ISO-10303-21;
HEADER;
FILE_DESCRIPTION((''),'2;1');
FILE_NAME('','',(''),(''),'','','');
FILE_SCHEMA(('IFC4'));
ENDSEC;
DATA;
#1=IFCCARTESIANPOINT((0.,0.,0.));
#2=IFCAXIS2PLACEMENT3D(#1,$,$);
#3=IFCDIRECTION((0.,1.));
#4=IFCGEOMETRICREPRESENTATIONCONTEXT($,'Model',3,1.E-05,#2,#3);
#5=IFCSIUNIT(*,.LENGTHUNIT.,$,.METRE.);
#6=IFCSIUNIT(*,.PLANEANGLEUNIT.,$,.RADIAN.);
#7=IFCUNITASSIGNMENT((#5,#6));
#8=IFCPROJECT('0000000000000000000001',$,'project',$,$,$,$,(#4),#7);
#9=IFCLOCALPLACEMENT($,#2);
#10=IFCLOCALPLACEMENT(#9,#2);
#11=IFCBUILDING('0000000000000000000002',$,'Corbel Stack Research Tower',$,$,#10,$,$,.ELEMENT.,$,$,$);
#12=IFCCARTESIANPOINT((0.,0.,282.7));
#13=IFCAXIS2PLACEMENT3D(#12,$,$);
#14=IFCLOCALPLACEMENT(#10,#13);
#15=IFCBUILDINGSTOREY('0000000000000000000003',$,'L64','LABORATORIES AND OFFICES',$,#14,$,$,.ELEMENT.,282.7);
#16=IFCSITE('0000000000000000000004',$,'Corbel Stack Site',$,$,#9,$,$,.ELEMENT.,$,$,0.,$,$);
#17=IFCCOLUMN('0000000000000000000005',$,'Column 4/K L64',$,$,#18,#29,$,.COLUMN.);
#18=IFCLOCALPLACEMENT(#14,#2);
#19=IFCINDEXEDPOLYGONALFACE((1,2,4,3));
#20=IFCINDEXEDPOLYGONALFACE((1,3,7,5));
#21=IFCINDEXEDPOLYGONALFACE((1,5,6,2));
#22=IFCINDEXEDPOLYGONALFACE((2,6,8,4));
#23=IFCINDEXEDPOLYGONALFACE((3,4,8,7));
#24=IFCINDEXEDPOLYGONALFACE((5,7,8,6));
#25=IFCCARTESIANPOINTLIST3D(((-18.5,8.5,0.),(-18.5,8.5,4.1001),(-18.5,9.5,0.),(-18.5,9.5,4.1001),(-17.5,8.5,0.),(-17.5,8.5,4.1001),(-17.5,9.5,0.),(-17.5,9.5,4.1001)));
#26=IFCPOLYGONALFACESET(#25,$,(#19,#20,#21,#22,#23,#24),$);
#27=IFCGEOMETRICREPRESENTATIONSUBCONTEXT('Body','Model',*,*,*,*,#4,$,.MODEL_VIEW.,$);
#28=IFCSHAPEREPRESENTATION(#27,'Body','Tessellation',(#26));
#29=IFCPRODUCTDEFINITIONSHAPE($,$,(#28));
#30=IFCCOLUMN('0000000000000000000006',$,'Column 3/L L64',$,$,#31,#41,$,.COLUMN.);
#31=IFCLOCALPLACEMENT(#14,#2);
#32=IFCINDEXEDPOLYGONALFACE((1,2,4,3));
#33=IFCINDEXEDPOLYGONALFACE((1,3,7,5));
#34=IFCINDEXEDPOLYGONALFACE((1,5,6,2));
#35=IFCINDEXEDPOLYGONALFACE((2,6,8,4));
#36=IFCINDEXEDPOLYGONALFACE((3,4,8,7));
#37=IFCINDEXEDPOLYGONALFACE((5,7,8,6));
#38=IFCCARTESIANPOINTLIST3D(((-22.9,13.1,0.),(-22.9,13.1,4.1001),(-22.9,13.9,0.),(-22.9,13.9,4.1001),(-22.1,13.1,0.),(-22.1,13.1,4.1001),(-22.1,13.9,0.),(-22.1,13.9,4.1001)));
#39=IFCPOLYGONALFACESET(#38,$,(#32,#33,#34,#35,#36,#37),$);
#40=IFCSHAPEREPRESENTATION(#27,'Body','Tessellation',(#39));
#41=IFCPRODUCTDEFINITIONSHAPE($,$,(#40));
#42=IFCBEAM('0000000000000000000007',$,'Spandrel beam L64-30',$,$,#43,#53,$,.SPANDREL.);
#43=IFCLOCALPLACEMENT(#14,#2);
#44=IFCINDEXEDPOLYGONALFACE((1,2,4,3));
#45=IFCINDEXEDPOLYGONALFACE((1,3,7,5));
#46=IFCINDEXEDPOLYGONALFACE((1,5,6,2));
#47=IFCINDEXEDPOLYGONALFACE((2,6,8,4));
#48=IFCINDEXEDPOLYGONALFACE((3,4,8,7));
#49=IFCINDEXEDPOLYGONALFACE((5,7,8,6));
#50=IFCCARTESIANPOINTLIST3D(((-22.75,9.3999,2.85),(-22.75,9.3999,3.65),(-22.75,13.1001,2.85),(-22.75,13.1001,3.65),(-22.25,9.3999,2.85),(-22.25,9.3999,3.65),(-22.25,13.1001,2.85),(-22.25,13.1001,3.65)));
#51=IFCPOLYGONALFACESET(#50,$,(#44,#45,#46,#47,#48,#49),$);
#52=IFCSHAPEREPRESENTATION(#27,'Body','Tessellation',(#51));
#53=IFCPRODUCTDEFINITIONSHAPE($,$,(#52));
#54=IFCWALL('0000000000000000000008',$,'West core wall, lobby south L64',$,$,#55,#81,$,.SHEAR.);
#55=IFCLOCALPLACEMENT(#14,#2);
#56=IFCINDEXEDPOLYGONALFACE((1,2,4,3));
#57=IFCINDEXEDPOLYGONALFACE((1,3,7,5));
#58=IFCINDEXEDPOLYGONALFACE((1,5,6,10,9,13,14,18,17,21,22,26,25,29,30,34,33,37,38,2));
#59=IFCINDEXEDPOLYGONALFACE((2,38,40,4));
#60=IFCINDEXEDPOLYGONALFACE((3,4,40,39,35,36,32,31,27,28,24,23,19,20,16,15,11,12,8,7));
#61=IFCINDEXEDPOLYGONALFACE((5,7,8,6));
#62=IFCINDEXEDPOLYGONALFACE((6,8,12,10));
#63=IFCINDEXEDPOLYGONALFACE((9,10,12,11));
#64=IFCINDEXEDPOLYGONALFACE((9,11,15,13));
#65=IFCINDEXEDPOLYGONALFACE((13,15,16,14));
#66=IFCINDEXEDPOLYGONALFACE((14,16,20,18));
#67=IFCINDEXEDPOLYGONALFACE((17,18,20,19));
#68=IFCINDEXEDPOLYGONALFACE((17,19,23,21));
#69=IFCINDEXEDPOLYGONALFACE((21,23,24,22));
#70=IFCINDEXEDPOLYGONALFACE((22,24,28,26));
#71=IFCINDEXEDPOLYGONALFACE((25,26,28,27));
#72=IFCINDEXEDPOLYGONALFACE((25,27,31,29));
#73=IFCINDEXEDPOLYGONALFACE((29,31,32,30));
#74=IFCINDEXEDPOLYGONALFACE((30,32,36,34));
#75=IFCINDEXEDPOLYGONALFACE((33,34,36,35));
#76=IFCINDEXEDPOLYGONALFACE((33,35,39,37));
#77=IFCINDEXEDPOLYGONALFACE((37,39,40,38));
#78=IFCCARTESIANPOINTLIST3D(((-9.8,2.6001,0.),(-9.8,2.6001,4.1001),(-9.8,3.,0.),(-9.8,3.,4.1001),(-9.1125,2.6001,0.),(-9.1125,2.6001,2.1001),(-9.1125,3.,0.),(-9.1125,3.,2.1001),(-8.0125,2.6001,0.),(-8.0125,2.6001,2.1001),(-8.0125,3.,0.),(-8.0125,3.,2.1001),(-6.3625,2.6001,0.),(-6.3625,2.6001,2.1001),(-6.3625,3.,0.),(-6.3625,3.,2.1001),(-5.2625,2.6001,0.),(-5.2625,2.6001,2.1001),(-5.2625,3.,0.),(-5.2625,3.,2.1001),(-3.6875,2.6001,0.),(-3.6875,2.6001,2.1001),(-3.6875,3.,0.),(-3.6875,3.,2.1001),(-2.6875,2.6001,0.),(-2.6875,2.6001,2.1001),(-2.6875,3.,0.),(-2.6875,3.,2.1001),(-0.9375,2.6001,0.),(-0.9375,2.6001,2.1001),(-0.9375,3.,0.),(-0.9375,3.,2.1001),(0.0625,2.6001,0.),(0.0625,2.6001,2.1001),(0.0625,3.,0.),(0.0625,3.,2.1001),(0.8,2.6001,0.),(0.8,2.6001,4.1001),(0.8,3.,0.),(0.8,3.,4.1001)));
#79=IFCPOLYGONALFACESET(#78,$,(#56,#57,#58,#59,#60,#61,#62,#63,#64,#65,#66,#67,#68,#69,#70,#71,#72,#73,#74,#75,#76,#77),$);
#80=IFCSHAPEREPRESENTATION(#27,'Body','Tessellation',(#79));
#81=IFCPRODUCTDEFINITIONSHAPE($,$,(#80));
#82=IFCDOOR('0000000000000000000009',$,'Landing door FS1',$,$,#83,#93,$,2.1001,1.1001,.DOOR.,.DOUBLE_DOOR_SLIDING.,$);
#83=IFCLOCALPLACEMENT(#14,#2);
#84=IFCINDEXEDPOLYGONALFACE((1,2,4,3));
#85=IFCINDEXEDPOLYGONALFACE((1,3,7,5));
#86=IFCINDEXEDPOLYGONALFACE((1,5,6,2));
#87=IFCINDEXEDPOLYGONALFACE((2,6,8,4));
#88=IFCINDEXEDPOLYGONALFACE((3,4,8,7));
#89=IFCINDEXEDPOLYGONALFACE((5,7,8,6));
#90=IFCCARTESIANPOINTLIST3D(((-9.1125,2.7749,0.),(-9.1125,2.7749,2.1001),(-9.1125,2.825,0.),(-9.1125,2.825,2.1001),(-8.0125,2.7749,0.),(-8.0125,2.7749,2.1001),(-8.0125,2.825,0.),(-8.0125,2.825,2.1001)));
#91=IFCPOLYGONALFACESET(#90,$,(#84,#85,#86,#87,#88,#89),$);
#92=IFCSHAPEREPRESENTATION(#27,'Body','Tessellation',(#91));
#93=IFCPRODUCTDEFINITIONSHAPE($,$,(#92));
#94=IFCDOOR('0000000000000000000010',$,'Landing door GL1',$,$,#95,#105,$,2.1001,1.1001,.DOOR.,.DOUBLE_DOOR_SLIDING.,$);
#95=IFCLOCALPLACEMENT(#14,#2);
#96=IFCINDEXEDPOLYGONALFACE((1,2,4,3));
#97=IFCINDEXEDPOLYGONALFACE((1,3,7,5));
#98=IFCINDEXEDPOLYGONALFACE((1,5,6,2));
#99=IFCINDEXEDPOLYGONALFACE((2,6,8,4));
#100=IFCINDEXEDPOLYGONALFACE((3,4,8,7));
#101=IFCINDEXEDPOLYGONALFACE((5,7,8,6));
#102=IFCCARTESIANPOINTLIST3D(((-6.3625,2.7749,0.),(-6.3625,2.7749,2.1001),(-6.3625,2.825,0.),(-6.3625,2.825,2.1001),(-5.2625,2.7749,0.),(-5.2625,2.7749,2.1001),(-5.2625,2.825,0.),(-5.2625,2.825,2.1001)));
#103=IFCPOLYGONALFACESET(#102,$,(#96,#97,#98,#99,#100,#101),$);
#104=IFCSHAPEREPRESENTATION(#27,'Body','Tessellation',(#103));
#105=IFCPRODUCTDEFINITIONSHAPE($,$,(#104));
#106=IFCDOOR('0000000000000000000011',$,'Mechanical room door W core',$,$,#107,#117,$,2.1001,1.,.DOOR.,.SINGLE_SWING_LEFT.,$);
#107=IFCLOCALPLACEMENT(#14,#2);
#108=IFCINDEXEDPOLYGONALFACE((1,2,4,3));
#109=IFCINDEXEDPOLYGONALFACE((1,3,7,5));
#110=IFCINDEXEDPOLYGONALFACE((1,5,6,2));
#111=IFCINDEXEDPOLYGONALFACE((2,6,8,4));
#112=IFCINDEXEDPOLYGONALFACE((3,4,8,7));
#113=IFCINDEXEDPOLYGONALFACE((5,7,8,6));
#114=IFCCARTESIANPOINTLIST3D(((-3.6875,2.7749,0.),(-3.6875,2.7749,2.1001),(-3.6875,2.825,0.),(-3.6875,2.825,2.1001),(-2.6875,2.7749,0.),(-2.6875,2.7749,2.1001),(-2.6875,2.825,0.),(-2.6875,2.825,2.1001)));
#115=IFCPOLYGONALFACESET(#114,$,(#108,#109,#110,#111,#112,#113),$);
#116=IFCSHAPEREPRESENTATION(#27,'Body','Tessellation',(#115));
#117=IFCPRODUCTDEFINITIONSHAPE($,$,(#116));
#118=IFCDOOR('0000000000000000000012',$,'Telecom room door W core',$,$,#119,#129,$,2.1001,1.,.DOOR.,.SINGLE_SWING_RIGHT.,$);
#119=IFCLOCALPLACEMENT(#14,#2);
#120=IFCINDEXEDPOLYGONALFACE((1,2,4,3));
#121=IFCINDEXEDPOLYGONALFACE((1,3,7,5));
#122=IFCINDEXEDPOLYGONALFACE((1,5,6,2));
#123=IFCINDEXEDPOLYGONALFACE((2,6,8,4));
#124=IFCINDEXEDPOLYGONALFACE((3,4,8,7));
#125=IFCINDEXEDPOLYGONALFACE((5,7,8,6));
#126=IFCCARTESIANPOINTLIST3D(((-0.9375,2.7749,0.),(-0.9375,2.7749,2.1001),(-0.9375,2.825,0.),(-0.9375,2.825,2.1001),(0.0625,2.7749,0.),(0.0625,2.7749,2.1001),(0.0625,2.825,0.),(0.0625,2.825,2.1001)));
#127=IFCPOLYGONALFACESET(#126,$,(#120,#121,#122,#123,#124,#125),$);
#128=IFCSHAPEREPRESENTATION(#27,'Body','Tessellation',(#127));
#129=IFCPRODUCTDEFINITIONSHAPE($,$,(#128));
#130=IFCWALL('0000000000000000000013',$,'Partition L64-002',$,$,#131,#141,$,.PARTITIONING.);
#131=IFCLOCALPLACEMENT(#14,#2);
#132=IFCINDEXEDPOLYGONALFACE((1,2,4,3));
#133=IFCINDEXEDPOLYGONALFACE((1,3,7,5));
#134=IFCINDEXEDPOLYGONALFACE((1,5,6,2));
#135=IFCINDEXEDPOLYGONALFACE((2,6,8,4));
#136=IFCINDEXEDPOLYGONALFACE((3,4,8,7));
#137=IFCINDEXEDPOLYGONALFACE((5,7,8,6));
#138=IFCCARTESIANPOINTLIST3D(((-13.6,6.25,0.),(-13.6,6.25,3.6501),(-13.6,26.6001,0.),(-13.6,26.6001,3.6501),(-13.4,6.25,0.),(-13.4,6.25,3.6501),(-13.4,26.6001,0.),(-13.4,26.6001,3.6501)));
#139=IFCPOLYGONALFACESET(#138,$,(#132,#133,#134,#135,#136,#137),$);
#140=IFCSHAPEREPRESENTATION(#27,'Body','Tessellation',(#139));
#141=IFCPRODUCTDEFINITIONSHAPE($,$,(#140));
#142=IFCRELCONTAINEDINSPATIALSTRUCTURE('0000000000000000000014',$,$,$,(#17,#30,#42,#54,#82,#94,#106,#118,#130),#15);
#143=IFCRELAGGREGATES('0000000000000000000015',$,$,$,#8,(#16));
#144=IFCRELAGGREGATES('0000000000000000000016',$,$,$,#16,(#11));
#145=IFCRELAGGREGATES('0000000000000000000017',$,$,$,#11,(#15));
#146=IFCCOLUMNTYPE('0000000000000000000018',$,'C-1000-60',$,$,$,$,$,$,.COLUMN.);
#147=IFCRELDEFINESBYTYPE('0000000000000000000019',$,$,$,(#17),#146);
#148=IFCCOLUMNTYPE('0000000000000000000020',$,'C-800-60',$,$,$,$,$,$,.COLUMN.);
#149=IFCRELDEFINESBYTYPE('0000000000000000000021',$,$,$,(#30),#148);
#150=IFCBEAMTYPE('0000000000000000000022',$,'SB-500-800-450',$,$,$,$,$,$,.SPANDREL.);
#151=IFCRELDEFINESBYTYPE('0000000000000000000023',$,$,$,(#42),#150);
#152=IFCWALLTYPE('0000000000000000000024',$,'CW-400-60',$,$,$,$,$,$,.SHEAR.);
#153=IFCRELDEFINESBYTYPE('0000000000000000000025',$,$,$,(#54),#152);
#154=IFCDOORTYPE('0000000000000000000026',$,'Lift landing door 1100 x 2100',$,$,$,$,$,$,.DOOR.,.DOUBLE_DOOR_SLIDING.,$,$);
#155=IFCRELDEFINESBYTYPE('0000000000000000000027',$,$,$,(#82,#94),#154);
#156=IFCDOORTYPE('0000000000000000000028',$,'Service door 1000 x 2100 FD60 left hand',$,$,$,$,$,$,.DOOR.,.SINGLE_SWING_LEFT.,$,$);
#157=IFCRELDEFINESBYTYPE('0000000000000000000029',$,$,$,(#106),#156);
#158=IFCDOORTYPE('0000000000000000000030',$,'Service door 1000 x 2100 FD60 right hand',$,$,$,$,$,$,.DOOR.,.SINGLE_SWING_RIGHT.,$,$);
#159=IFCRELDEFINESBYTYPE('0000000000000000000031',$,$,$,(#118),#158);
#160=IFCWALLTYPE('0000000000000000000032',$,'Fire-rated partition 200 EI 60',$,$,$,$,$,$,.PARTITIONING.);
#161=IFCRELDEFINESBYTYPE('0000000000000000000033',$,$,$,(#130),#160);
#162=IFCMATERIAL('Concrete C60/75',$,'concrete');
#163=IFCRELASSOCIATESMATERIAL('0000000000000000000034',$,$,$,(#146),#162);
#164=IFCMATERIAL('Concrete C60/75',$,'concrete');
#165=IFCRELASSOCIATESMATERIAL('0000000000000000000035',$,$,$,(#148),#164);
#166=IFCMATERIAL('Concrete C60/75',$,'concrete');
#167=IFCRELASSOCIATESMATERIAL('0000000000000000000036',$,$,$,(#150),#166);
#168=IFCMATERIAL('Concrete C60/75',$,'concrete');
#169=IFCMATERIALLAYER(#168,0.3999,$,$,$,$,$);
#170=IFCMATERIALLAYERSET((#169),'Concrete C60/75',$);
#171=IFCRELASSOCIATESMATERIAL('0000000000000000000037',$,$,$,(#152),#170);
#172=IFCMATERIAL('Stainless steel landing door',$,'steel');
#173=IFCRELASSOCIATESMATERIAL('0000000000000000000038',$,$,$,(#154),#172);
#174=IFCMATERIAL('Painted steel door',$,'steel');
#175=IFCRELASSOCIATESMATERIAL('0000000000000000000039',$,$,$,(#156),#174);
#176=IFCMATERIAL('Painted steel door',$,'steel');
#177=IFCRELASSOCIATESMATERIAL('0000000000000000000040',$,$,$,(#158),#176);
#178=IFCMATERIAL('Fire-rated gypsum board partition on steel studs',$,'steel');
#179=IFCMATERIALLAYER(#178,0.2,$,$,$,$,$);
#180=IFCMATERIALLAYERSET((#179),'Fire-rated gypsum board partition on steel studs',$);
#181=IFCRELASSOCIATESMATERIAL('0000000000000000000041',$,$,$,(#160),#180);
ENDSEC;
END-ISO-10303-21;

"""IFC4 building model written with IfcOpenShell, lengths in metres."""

from ifc_helpers import new_model, si_unit, direction, frame, frame_2d, origin, origin_2d, place, context, subcontext, project, spatial, rectangle, extrude, material, layer, layer_set, material_profile, profile_set, type_object, element, fill, save


model = new_model("IFC4")

# Units and contexts
model_context = context("Model", 3, precision=1e-05, world=origin(), true_north=direction((0.0, 1.0)))
body_context = subcontext(model_context, "Body", "Model", "MODEL_VIEW")
ifc_project = project(units=[si_unit("LENGTHUNIT", "METRE"), si_unit("PLANEANGLEUNIT", "RADIAN")], contexts=[model_context])

# Site, building, storey
site_placement = place(None, origin())
site = spatial("IfcSite", under=ifc_project, at=site_placement, Name="Corbel Stack Site", CompositionType="ELEMENT", RefElevation=0.0)
building_placement = place(site_placement, origin())
building = spatial("IfcBuilding", under=site, at=building_placement, Name="Corbel Stack Research Tower", CompositionType="ELEMENT")
storey_placement = place(building_placement, frame((0.0, 0.0, 282.7)))
storey = spatial("IfcBuildingStorey", under=building, at=storey_placement, Name="L64", Description="LABORATORIES AND OFFICES", CompositionType="ELEMENT", Elevation=282.7)

# Columns
ifc_material_1 = material(Name="Concrete C60/75", Category="concrete")
ifc_material_profile_1 = material_profile(ifc_material_1, rectangle(XDim=1.0, YDim=1.0, at=origin_2d()), Name="RC 1000 x 1000")
ifc_profile_set_1 = profile_set([ifc_material_profile_1], Name="Concrete C60/75")
column_type_1 = type_object("IfcColumnType", Name="C-1000-60", PredefinedType="COLUMN", material=ifc_profile_set_1)
column_1_placement = place(storey_placement, frame((-18.0, 9.0, 0.0), z_axis=(0.0, 0.0, 1.0), x_axis=(1.0, 0.0, 0.0)))
element("IfcColumn", 1, at=column_1_placement, inside=storey, type_object=column_type_1, Name="Column 4/K L64", PredefinedType="COLUMN", context=body_context, shape_type="SweptSolid", body=[
    extrude(rectangle(XDim=1.0, YDim=1.0, at=origin_2d()), origin(), (0.0, 0.0, 1.0), 4.1001),
])
ifc_material_2 = material(Name="Concrete C60/75", Category="concrete")
ifc_material_profile_2 = material_profile(ifc_material_2, rectangle(XDim=0.8, YDim=0.8, at=origin_2d()), Name="RC 800 x 800")
ifc_profile_set_2 = profile_set([ifc_material_profile_2], Name="Concrete C60/75")
column_type_2 = type_object("IfcColumnType", Name="C-800-60", PredefinedType="COLUMN", material=ifc_profile_set_2)
column_2_placement = place(storey_placement, frame((-22.5, 13.5, 0.0), z_axis=(0.0, 0.0, 1.0), x_axis=(1.0, 0.0, 0.0)))
element("IfcColumn", 2, at=column_2_placement, inside=storey, type_object=column_type_2, Name="Column 3/L L64", PredefinedType="COLUMN", context=body_context, shape_type="SweptSolid", body=[
    extrude(rectangle(XDim=0.8, YDim=0.8, at=origin_2d()), origin(), (0.0, 0.0, 1.0), 4.1001),
])

# Beam
ifc_material_3 = material(Name="Concrete C60/75", Category="concrete")
ifc_material_profile_3 = material_profile(ifc_material_3, rectangle(XDim=0.5, YDim=0.8, at=origin_2d()), Name="RC 500 x 800")
ifc_profile_set_3 = profile_set([ifc_material_profile_3], Name="Concrete C60/75")
beam_type = type_object("IfcBeamType", Name="SB-500-800-450", PredefinedType="SPANDREL", material=ifc_profile_set_3)
beam_placement = place(storey_placement, frame((-22.5, 13.1001, 3.25), z_axis=(0.0, -1.0, 0.0), x_axis=(1.0, 0.0, 0.0)))
element("IfcBeam", 3, at=beam_placement, inside=storey, type_object=beam_type, Name="Spandrel beam L64-30", PredefinedType="SPANDREL", context=body_context, shape_type="SweptSolid", body=[
    extrude(rectangle(XDim=0.5, YDim=0.8, at=origin_2d()), origin(), (0.0, 0.0, 1.0), 3.7002),
])

# Wall, openings, doors
ifc_material_4 = material(Name="Concrete C60/75", Category="concrete")
ifc_layer_1 = layer(ifc_material_4, 0.3999)
ifc_layer_set_1 = layer_set([ifc_layer_1], Name="Concrete C60/75")
wall_type_1 = type_object("IfcWallType", Name="CW-400-60", PredefinedType="SHEAR", material=ifc_layer_set_1)
wall_1_placement = place(storey_placement, frame((-9.8, 2.8, 0.0), z_axis=(0.0, 0.0, 1.0), x_axis=(1.0, 0.0, 0.0)))
wall_1 = element("IfcWall", 4, at=wall_1_placement, inside=storey, type_object=wall_type_1, Name="West core wall, lobby south L64", PredefinedType="SHEAR", context=body_context, shape_type="SweptSolid", body=[
    extrude(rectangle(XDim=10.6001, YDim=0.3999, at=frame_2d((5.3, 0.0))), origin(), (0.0, 0.0, 1.0), 4.1001),
])
opening_1_placement = place(wall_1_placement, frame((0.6875, 0.0, 0.0)))
opening_1 = element("IfcOpeningElement", 5, at=opening_1_placement, cuts=wall_1, PredefinedType="OPENING", context=body_context, shape_type="SweptSolid", body=[
    extrude(rectangle(XDim=1.1001, YDim=2.1001, at=frame_2d((0.55, 1.05))), frame((0.0, 0.21, 0.0), z_axis=(0.0, -1.0, 0.0), x_axis=(1.0, 0.0, 0.0)), (0.0, 0.0, 1.0), 0.4199),
])
opening_2_placement = place(wall_1_placement, frame((3.4375, 0.0, 0.0)))
opening_2 = element("IfcOpeningElement", 6, at=opening_2_placement, cuts=wall_1, PredefinedType="OPENING", context=body_context, shape_type="SweptSolid", body=[
    extrude(rectangle(XDim=1.1001, YDim=2.1001, at=frame_2d((0.55, 1.05))), frame((0.0, 0.21, 0.0), z_axis=(0.0, -1.0, 0.0), x_axis=(1.0, 0.0, 0.0)), (0.0, 0.0, 1.0), 0.4199),
])
opening_3_placement = place(wall_1_placement, frame((6.1125, 0.0, 0.0)))
opening_3 = element("IfcOpeningElement", 7, at=opening_3_placement, cuts=wall_1, PredefinedType="OPENING", context=body_context, shape_type="SweptSolid", body=[
    extrude(rectangle(XDim=1.0, YDim=2.1001, at=frame_2d((0.5, 1.05))), frame((0.0, 0.21, 0.0), z_axis=(0.0, -1.0, 0.0), x_axis=(1.0, 0.0, 0.0)), (0.0, 0.0, 1.0), 0.4199),
])
opening_4_placement = place(wall_1_placement, frame((8.8625, 0.0, 0.0)))
opening_4 = element("IfcOpeningElement", 8, at=opening_4_placement, cuts=wall_1, PredefinedType="OPENING", context=body_context, shape_type="SweptSolid", body=[
    extrude(rectangle(XDim=1.0, YDim=2.1001, at=frame_2d((0.5, 1.05))), frame((0.0, 0.21, 0.0), z_axis=(0.0, -1.0, 0.0), x_axis=(1.0, 0.0, 0.0)), (0.0, 0.0, 1.0), 0.4199),
])
ifc_material_5 = material(Name="Stainless steel landing door", Category="steel")
door_type_1 = type_object("IfcDoorType", Name="Lift landing door 1100 x 2100", OperationType="DOUBLE_DOOR_SLIDING", PredefinedType="DOOR", material=ifc_material_5)
door_1_placement = place(opening_1_placement, origin())
door_1 = element("IfcDoor", 9, at=door_1_placement, inside=storey, type_object=door_type_1, Name="Landing door FS1", OperationType="DOUBLE_DOOR_SLIDING", OverallHeight=2.1001, OverallWidth=1.1001, PredefinedType="DOOR", context=body_context, shape_type="SweptSolid", body=[
    extrude(rectangle(XDim=1.1001, YDim=2.1001, at=frame_2d((0.55, 1.05))), frame((0.0, 0.0249, 0.0), z_axis=(0.0, -1.0, 0.0), x_axis=(1.0, 0.0, 0.0)), (0.0, 0.0, 1.0), 0.05),
])
fill(opening_1, door_1)
door_2_placement = place(opening_2_placement, origin())
door_2 = element("IfcDoor", 10, at=door_2_placement, inside=storey, type_object=door_type_1, Name="Landing door GL1", OperationType="DOUBLE_DOOR_SLIDING", OverallHeight=2.1001, OverallWidth=1.1001, PredefinedType="DOOR", context=body_context, shape_type="SweptSolid", body=[
    extrude(rectangle(XDim=1.1001, YDim=2.1001, at=frame_2d((0.55, 1.05))), frame((0.0, 0.0249, 0.0), z_axis=(0.0, -1.0, 0.0), x_axis=(1.0, 0.0, 0.0)), (0.0, 0.0, 1.0), 0.05),
])
fill(opening_2, door_2)
ifc_material_6 = material(Name="Painted steel door", Category="steel")
door_type_2 = type_object("IfcDoorType", Name="Service door 1000 x 2100 FD60 left hand", OperationType="SINGLE_SWING_LEFT", PredefinedType="DOOR", material=ifc_material_6)
door_3_placement = place(opening_3_placement, origin())
door_3 = element("IfcDoor", 11, at=door_3_placement, inside=storey, type_object=door_type_2, Name="Mechanical room door W core", OperationType="SINGLE_SWING_LEFT", OverallHeight=2.1001, OverallWidth=1.0, PredefinedType="DOOR", context=body_context, shape_type="SweptSolid", body=[
    extrude(rectangle(XDim=1.0, YDim=2.1001, at=frame_2d((0.5, 1.05))), frame((0.0, 0.0249, 0.0), z_axis=(0.0, -1.0, 0.0), x_axis=(1.0, 0.0, 0.0)), (0.0, 0.0, 1.0), 0.05),
])
fill(opening_3, door_3)
ifc_material_7 = material(Name="Painted steel door", Category="steel")
door_type_3 = type_object("IfcDoorType", Name="Service door 1000 x 2100 FD60 right hand", OperationType="SINGLE_SWING_RIGHT", PredefinedType="DOOR", material=ifc_material_7)
door_4_placement = place(opening_4_placement, origin())
door_4 = element("IfcDoor", 12, at=door_4_placement, inside=storey, type_object=door_type_3, Name="Telecom room door W core", OperationType="SINGLE_SWING_RIGHT", OverallHeight=2.1001, OverallWidth=1.0, PredefinedType="DOOR", context=body_context, shape_type="SweptSolid", body=[
    extrude(rectangle(XDim=1.0, YDim=2.1001, at=frame_2d((0.5, 1.05))), frame((0.0, 0.0249, 0.0), z_axis=(0.0, -1.0, 0.0), x_axis=(1.0, 0.0, 0.0)), (0.0, 0.0, 1.0), 0.05),
])
fill(opening_4, door_4)

# Wall
ifc_material_8 = material(Name="Fire-rated gypsum board partition on steel studs", Category="steel")
ifc_layer_2 = layer(ifc_material_8, 0.2)
ifc_layer_set_2 = layer_set([ifc_layer_2], Name="Fire-rated gypsum board partition on steel studs")
wall_type_2 = type_object("IfcWallType", Name="Fire-rated partition 200 EI 60", PredefinedType="PARTITIONING", material=ifc_layer_set_2)
wall_2_placement = place(storey_placement, frame((-13.5, 6.25, 0.0), z_axis=(0.0, 0.0, 1.0), x_axis=(0.0, 1.0, 0.0)))
element("IfcWall", 13, at=wall_2_placement, inside=storey, type_object=wall_type_2, Name="Partition L64-002", PredefinedType="PARTITIONING", context=body_context, shape_type="SweptSolid", body=[
    extrude(rectangle(XDim=20.3501, YDim=0.2, at=frame_2d((10.175, 0.0))), origin(), (0.0, 0.0, 1.0), 3.6501),
])

save(model, "model.ifc")
